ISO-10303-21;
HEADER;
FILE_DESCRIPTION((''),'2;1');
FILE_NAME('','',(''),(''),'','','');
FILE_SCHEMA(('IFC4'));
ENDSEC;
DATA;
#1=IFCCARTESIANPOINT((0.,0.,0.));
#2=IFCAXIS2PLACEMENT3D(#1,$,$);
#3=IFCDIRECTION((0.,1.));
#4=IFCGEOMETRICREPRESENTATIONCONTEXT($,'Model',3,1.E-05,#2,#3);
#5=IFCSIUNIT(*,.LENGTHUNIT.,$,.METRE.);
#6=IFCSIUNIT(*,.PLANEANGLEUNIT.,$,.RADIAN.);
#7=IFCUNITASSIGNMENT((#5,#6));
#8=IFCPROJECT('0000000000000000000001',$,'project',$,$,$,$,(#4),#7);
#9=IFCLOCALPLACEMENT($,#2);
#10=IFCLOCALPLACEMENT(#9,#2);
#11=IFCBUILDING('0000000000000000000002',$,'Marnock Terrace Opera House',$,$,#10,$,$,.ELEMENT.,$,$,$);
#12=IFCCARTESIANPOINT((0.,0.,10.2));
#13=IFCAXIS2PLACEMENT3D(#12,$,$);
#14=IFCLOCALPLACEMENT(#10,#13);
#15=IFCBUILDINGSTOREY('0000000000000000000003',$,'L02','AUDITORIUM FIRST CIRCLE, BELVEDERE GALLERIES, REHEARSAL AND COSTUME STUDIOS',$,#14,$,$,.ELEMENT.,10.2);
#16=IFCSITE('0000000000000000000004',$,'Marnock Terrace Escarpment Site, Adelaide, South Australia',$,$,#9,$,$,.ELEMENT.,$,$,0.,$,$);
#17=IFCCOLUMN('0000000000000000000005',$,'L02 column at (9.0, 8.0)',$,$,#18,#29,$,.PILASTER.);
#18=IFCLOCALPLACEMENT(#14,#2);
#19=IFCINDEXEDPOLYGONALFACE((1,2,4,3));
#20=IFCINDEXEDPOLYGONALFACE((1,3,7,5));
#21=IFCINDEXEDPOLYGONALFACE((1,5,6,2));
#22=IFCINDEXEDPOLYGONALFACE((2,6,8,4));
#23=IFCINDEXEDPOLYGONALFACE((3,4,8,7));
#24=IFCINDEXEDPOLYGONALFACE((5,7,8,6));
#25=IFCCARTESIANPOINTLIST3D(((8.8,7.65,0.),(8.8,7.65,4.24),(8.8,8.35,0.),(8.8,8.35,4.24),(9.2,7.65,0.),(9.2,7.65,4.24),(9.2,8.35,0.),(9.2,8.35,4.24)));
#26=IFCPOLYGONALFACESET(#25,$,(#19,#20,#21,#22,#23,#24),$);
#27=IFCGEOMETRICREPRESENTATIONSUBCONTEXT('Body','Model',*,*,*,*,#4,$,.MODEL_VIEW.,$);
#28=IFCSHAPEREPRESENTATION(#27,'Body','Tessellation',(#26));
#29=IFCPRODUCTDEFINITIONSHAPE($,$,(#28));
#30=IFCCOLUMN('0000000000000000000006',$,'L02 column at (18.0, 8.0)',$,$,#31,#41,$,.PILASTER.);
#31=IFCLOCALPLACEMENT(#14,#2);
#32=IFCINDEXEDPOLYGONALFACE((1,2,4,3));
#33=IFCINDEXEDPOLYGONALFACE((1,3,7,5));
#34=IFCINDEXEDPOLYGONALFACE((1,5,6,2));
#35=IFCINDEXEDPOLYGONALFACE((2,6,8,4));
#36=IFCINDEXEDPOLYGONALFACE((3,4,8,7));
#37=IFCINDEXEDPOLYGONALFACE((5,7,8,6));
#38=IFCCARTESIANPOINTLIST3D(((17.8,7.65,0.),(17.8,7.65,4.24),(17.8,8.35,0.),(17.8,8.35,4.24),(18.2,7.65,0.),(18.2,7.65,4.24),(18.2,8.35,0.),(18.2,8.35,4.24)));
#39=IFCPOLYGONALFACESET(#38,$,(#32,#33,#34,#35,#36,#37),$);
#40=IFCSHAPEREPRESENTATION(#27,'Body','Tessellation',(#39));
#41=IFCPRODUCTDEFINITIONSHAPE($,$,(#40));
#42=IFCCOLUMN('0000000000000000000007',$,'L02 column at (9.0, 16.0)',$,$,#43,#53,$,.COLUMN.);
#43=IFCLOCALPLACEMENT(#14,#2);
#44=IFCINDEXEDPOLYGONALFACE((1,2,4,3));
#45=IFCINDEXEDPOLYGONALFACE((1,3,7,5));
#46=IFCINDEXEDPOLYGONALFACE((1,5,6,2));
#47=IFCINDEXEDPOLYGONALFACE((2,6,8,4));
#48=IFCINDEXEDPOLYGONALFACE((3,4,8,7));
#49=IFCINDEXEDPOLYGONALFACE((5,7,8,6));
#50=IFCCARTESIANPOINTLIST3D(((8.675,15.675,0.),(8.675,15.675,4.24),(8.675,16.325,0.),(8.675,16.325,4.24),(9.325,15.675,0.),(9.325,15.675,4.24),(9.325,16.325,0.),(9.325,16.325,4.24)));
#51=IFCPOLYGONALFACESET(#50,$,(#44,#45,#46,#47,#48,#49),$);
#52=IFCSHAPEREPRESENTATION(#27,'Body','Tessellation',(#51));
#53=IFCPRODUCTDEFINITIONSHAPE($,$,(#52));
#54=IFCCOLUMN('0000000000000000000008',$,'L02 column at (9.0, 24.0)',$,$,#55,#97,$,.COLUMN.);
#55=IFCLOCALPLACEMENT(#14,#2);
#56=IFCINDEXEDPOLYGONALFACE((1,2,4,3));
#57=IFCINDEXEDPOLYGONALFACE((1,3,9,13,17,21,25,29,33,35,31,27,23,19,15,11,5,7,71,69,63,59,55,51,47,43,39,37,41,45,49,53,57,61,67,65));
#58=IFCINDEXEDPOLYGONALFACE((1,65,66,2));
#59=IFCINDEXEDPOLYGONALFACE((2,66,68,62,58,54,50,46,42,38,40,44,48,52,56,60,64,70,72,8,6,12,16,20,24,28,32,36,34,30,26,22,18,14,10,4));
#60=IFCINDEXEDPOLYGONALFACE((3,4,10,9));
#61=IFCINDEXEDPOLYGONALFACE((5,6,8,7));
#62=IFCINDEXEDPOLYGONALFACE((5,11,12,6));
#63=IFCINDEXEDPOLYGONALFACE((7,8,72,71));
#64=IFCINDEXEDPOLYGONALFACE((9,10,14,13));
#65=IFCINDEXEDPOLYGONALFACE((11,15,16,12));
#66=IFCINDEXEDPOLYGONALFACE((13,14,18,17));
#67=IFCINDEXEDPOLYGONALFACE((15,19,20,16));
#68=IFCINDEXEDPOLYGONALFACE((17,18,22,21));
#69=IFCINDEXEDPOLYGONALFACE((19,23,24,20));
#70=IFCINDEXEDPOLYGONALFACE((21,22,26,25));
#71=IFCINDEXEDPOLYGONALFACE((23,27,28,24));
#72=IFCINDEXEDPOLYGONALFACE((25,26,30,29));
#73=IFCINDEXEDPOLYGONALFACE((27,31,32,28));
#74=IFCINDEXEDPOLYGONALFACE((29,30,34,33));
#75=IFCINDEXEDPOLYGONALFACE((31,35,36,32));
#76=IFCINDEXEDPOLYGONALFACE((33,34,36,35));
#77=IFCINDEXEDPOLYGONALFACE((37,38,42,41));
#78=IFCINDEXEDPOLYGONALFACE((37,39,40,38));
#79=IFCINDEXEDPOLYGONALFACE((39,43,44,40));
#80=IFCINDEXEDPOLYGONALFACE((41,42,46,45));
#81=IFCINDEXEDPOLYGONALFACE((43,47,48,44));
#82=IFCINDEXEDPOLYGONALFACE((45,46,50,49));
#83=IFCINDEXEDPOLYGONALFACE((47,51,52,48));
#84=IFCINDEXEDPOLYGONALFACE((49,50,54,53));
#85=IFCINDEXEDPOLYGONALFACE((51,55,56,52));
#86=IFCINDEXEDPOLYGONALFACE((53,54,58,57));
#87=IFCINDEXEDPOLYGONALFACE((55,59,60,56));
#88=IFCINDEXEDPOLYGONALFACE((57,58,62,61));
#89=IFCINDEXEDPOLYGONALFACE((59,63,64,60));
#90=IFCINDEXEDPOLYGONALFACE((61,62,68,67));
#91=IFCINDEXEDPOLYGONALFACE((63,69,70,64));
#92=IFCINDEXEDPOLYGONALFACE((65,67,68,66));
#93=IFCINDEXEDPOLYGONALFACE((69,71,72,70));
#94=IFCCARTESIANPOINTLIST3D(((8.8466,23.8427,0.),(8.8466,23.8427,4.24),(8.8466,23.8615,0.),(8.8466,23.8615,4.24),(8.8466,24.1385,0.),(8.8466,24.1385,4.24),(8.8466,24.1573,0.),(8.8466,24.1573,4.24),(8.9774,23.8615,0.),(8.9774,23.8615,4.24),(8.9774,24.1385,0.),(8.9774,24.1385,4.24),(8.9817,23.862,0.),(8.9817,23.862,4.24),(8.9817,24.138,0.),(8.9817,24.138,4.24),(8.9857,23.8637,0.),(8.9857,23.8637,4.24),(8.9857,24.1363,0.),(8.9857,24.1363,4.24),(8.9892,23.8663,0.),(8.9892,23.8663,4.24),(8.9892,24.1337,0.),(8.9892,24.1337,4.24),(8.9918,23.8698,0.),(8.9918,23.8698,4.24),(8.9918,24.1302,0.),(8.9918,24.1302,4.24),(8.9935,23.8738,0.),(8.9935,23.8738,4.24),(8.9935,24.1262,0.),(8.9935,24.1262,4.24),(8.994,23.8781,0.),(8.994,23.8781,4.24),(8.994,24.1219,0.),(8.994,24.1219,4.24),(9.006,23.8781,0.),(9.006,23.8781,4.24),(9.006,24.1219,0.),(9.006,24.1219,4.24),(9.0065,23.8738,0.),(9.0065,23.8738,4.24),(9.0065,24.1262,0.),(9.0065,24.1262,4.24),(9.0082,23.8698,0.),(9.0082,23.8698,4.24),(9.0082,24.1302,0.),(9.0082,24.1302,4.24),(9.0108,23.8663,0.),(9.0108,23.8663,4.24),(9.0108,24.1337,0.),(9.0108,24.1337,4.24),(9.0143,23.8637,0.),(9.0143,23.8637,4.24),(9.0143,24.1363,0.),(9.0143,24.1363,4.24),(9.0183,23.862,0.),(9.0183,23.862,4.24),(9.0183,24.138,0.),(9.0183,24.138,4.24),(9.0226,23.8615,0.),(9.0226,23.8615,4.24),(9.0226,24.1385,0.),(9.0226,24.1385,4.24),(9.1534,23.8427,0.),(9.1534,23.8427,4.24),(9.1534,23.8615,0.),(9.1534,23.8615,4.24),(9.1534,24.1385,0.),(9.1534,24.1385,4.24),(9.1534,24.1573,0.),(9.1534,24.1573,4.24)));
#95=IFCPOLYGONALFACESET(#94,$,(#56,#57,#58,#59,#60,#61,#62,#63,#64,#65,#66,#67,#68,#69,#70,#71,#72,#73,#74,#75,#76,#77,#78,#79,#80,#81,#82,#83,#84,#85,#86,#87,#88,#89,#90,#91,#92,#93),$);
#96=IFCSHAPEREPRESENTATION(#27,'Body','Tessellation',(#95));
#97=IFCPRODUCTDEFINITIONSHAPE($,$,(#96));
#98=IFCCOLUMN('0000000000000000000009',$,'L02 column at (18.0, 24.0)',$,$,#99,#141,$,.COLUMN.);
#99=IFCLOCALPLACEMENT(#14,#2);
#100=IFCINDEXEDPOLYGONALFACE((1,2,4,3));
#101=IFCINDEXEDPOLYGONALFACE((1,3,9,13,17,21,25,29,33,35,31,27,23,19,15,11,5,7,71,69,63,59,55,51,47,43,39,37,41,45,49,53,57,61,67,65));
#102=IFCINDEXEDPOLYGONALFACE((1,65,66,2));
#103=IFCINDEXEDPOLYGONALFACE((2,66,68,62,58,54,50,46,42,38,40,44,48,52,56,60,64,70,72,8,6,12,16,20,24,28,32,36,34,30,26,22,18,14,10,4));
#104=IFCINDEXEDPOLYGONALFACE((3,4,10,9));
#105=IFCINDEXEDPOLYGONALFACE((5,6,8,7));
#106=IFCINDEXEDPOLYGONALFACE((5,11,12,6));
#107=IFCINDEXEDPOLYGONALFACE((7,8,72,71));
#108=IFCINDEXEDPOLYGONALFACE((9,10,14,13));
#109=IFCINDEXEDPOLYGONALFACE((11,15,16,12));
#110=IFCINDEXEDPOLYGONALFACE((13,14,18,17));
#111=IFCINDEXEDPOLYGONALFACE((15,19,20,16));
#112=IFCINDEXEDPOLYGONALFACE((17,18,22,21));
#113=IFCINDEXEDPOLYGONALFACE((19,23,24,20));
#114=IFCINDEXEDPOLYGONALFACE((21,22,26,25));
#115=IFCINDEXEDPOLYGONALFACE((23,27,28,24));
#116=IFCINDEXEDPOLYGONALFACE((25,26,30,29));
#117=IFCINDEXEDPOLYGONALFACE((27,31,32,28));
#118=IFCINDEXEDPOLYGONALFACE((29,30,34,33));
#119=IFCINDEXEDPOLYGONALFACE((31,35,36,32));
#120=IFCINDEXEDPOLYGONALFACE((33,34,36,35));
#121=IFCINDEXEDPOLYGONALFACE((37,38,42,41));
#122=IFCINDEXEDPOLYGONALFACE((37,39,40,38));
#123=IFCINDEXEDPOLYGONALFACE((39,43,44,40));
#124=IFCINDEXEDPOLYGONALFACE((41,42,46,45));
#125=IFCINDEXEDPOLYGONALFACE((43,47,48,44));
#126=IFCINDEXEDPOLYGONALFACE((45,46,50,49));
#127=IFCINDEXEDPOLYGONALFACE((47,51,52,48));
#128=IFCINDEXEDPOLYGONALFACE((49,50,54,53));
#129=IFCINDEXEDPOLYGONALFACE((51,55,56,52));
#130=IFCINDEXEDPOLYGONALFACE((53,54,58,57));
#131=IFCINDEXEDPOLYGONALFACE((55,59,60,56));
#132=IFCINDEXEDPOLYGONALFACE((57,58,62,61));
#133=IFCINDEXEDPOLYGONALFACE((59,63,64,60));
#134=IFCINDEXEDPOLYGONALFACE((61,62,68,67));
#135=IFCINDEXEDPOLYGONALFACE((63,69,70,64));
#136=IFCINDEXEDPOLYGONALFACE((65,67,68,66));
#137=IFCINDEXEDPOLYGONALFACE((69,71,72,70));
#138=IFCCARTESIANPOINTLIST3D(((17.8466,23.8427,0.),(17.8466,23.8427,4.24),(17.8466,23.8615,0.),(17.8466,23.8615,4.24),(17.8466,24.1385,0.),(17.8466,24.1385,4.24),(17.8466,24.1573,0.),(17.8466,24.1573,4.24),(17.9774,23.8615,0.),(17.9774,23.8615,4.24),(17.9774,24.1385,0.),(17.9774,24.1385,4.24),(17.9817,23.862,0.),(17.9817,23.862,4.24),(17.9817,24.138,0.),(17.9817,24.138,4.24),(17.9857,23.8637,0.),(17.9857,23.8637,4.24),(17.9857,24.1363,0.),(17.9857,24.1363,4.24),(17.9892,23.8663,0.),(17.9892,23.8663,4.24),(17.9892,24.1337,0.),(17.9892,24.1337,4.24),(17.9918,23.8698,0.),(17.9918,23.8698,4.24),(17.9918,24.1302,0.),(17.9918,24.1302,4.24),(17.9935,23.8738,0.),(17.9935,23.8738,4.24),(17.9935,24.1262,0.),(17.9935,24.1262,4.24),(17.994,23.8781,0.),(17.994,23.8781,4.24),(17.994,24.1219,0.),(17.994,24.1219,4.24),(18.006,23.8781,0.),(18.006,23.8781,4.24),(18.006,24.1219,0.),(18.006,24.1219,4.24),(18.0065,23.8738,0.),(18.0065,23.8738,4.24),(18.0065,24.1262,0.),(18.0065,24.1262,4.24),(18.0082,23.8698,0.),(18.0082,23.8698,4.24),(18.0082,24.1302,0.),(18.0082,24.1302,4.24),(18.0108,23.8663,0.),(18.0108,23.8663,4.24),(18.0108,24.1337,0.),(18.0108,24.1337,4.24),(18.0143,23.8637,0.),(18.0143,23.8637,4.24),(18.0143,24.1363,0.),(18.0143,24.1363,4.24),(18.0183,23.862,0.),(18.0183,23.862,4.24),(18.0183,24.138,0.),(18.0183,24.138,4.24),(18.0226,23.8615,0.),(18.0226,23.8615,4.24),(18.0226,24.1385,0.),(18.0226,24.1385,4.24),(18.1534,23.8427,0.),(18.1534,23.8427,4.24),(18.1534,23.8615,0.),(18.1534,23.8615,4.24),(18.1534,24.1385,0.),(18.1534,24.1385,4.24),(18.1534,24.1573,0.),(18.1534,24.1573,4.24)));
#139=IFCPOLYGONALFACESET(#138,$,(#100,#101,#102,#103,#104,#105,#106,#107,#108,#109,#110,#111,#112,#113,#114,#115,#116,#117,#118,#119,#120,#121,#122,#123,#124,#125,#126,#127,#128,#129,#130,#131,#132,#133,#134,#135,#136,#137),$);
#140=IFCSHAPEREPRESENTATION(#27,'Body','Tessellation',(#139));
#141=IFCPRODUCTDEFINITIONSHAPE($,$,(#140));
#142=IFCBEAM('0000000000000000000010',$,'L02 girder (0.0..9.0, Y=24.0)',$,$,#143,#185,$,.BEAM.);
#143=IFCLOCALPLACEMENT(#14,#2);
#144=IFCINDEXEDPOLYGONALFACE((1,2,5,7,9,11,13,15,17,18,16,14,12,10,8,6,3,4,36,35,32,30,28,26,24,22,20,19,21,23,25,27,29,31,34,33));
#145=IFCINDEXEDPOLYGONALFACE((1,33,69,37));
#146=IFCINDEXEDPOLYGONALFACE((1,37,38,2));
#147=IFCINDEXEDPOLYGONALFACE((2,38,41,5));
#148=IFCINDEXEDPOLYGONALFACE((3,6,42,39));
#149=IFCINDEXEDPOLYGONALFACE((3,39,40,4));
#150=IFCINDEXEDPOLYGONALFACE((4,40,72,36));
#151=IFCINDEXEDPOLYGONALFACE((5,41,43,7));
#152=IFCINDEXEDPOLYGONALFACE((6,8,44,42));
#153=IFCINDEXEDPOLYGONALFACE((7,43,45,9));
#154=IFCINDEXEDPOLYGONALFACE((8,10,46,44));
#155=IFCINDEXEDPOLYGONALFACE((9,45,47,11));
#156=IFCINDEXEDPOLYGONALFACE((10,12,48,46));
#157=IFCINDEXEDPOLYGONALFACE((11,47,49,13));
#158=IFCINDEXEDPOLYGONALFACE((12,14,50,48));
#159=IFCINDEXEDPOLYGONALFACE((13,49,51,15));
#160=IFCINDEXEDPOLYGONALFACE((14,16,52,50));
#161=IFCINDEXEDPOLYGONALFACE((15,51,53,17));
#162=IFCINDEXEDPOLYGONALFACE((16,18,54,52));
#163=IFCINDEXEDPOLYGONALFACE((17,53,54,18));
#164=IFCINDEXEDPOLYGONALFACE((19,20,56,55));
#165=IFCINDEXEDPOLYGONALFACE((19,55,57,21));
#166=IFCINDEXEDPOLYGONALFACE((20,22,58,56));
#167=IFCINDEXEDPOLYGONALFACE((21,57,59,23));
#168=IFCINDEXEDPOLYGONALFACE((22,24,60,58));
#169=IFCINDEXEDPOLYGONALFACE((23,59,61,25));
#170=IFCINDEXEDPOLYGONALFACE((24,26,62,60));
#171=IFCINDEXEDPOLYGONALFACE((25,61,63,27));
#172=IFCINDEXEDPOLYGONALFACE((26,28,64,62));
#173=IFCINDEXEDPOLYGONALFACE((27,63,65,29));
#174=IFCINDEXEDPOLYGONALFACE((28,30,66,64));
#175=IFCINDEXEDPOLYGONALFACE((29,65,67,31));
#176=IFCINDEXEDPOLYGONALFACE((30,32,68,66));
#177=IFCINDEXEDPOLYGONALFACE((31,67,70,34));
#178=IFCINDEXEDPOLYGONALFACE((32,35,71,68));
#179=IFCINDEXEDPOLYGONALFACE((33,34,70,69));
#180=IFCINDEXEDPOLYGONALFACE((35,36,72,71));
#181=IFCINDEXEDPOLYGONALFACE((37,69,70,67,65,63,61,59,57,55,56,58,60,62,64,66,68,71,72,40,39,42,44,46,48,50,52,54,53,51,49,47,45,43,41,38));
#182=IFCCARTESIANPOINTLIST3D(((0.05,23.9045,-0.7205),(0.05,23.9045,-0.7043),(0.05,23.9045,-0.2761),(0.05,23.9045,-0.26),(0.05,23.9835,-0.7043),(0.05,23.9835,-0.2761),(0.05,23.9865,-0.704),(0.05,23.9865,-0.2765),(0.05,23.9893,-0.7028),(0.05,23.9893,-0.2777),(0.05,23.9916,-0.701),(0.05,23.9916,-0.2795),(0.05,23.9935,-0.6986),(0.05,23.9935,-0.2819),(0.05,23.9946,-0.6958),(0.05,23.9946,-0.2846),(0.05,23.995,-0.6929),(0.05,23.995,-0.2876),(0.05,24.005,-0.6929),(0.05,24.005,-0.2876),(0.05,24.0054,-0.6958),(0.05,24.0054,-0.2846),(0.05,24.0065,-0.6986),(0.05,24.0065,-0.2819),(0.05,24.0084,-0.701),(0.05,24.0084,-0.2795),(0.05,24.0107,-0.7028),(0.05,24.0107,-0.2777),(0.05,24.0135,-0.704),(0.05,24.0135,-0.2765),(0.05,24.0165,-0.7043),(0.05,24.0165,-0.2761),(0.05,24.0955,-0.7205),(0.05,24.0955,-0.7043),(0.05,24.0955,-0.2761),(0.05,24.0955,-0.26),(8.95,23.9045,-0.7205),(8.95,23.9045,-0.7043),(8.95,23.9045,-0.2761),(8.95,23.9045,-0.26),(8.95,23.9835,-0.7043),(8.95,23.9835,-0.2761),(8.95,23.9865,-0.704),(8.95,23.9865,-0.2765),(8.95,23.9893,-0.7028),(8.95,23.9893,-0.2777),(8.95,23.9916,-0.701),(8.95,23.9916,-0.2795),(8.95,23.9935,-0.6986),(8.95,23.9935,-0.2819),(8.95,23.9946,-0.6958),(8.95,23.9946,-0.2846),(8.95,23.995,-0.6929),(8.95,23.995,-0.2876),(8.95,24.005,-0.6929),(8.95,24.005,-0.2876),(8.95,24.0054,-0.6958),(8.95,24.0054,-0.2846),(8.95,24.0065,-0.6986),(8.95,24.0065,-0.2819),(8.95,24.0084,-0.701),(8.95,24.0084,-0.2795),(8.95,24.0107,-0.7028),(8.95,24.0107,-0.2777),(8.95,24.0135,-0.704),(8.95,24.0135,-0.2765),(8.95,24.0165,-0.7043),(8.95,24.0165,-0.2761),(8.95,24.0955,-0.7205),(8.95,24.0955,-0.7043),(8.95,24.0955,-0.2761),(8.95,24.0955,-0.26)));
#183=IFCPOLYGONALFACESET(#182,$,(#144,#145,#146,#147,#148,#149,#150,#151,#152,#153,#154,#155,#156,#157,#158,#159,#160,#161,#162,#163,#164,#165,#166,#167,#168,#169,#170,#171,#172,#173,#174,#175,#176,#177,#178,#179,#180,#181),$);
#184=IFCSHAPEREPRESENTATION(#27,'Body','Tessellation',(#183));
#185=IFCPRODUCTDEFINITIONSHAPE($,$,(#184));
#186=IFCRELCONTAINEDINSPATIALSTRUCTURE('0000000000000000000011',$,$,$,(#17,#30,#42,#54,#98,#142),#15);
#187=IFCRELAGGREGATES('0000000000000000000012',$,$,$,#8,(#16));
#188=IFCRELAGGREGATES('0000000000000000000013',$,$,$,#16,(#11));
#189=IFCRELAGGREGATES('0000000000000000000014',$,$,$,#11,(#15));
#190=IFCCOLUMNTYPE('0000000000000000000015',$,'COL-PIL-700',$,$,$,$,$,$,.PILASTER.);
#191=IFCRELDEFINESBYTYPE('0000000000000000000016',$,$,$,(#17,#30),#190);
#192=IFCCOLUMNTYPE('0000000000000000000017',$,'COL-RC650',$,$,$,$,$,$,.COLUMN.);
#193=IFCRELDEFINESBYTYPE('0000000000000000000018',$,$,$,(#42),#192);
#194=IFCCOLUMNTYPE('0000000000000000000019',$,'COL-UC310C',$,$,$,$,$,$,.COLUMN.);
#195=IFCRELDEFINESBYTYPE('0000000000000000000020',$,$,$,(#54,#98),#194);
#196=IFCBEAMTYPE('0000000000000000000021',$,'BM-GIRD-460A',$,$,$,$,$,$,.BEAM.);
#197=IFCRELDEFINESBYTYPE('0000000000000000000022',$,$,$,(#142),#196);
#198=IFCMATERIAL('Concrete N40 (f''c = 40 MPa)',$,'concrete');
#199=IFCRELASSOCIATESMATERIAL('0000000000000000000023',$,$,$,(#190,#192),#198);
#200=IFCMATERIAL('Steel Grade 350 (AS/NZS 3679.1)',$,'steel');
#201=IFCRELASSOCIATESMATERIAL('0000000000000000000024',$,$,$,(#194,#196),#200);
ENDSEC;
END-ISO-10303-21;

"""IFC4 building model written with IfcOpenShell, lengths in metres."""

from ifc_helpers import new_model, si_unit, direction, frame, origin, origin_2d, place, context, subcontext, project, spatial, rectangle, i_section, extrude, material, material_profile, profile_set, type_object, element, save


model = new_model("IFC4")

# Units and contexts
model_context = context("Model", 3, precision=1e-05, world=origin(), true_north=direction((0.0, 1.0)))
body_context = subcontext(model_context, "Body", "Model", "MODEL_VIEW")
ifc_project = project(units=[si_unit("LENGTHUNIT", "METRE"), si_unit("PLANEANGLEUNIT", "RADIAN")], contexts=[model_context])

# Site, building, storey
site_placement = place(None, origin())
site = spatial("IfcSite", under=ifc_project, at=site_placement, Name="Marnock Terrace Escarpment Site, Adelaide, South Australia", CompositionType="ELEMENT", RefElevation=0.0)
building_placement = place(site_placement, origin())
building = spatial("IfcBuilding", under=site, at=building_placement, Name="Marnock Terrace Opera House", CompositionType="ELEMENT")
storey_placement = place(building_placement, frame((0.0, 0.0, 10.2)))
storey = spatial("IfcBuildingStorey", under=building, at=storey_placement, Name="L02", Description="AUDITORIUM FIRST CIRCLE, BELVEDERE GALLERIES, REHEARSAL AND COSTUME STUDIOS", CompositionType="ELEMENT", Elevation=10.2)

# Columns
ifc_material_1 = material(Name="Concrete N40 (f'c = 40 MPa)", Category="concrete")
ifc_material_profile_1 = material_profile(ifc_material_1, rectangle(XDim=0.3999, YDim=0.7, at=origin_2d()))
ifc_profile_set_1 = profile_set([ifc_material_profile_1], Name="Concrete N40 (f'c = 40 MPa)")
column_type_1 = type_object("IfcColumnType", Name="COL-PIL-700", PredefinedType="PILASTER", material=ifc_profile_set_1)
for number, where, z_axis, x_axis, name in (
    (1, (9.0, 8.0, 0.0), (0.0, 0.0, 1.0), (1.0, 0.0, 0.0), "L02 column at (9.0, 8.0)"),
    (2, (18.0, 8.0, 0.0), (0.0, 0.0, 1.0), (1.0, 0.0, 0.0), "L02 column at (18.0, 8.0)"),
):
    element("IfcColumn", number, at=place(storey_placement, frame(where, z_axis=z_axis, x_axis=x_axis)), inside=storey, type_object=column_type_1, Name=name, PredefinedType="PILASTER", context=body_context, shape_type="SweptSolid", body=[
        extrude(rectangle(XDim=0.3999, YDim=0.7, at=origin_2d()), origin(), (0.0, 0.0, 1.0), 4.24),
    ])
ifc_material_profile_2 = material_profile(ifc_material_1, rectangle(XDim=0.6499, YDim=0.6499, at=origin_2d()))
ifc_profile_set_2 = profile_set([ifc_material_profile_2], Name="Concrete N40 (f'c = 40 MPa)")
column_type_2 = type_object("IfcColumnType", Name="COL-RC650", PredefinedType="COLUMN", material=ifc_profile_set_2)
column_placement = place(storey_placement, frame((9.0, 16.0, 0.0), z_axis=(0.0, 0.0, 1.0), x_axis=(1.0, 0.0, 0.0)))
element("IfcColumn", 3, at=column_placement, inside=storey, type_object=column_type_2, Name="L02 column at (9.0, 16.0)", PredefinedType="COLUMN", context=body_context, shape_type="SweptSolid", body=[
    extrude(rectangle(XDim=0.6499, YDim=0.6499, at=origin_2d()), origin(), (0.0, 0.0, 1.0), 4.24),
])
ifc_material_2 = material(Name="Steel Grade 350 (AS/NZS 3679.1)", Category="steel")
ifc_material_profile_3 = material_profile(ifc_material_2, i_section(OverallWidth=0.3069, OverallDepth=0.3147, WebThickness=0.012, FlangeThickness=0.0188, FilletRadius=0.0166, at=origin_2d()))
ifc_profile_set_3 = profile_set([ifc_material_profile_3], Name="Steel Grade 350 (AS/NZS 3679.1)")
column_type_3 = type_object("IfcColumnType", Name="COL-UC310C", PredefinedType="COLUMN", material=ifc_profile_set_3)
for number, where, z_axis, x_axis, name in (
    (4, (9.0, 24.0, 0.0), (0.0, 0.0, 1.0), (1.0, 0.0, 0.0), "L02 column at (9.0, 24.0)"),
    (5, (18.0, 24.0, 0.0), (0.0, 0.0, 1.0), (1.0, 0.0, 0.0), "L02 column at (18.0, 24.0)"),
):
    element("IfcColumn", number, at=place(storey_placement, frame(where, z_axis=z_axis, x_axis=x_axis)), inside=storey, type_object=column_type_3, Name=name, PredefinedType="COLUMN", context=body_context, shape_type="SweptSolid", body=[
        extrude(i_section(OverallWidth=0.3069, OverallDepth=0.3147, WebThickness=0.012, FlangeThickness=0.0188, FilletRadius=0.0166, at=origin_2d()), origin(), (0.0, 0.0, 1.0), 4.24),
    ])

# Beam
ifc_material_profile_4 = material_profile(ifc_material_2, i_section(OverallWidth=0.1909, OverallDepth=0.4604, WebThickness=0.01, FlangeThickness=0.0161, FilletRadius=0.0115, at=origin_2d()))
ifc_profile_set_4 = profile_set([ifc_material_profile_4], Name="Steel Grade 350 (AS/NZS 3679.1)")
beam_type_1 = type_object("IfcBeamType", Name="BM-GIRD-460A", PredefinedType="BEAM", material=ifc_profile_set_4)
beam_1_placement = place(storey_placement, frame((0.05, 24.0, -0.4902), z_axis=(1.0, 0.0, 0.0), x_axis=(0.0, 1.0, 0.0)))
element("IfcBeam", 6, at=beam_1_placement, inside=storey, type_object=beam_type_1, Name="L02 girder (0.0..9.0, Y=24.0)", PredefinedType="BEAM", context=body_context, shape_type="SweptSolid", body=[
    extrude(i_section(OverallWidth=0.1909, OverallDepth=0.4604, WebThickness=0.01, FlangeThickness=0.0161, FilletRadius=0.0115, at=origin_2d()), origin(), (0.0, 0.0, 1.0), 8.8999),
])

save(model, "model.ifc")
